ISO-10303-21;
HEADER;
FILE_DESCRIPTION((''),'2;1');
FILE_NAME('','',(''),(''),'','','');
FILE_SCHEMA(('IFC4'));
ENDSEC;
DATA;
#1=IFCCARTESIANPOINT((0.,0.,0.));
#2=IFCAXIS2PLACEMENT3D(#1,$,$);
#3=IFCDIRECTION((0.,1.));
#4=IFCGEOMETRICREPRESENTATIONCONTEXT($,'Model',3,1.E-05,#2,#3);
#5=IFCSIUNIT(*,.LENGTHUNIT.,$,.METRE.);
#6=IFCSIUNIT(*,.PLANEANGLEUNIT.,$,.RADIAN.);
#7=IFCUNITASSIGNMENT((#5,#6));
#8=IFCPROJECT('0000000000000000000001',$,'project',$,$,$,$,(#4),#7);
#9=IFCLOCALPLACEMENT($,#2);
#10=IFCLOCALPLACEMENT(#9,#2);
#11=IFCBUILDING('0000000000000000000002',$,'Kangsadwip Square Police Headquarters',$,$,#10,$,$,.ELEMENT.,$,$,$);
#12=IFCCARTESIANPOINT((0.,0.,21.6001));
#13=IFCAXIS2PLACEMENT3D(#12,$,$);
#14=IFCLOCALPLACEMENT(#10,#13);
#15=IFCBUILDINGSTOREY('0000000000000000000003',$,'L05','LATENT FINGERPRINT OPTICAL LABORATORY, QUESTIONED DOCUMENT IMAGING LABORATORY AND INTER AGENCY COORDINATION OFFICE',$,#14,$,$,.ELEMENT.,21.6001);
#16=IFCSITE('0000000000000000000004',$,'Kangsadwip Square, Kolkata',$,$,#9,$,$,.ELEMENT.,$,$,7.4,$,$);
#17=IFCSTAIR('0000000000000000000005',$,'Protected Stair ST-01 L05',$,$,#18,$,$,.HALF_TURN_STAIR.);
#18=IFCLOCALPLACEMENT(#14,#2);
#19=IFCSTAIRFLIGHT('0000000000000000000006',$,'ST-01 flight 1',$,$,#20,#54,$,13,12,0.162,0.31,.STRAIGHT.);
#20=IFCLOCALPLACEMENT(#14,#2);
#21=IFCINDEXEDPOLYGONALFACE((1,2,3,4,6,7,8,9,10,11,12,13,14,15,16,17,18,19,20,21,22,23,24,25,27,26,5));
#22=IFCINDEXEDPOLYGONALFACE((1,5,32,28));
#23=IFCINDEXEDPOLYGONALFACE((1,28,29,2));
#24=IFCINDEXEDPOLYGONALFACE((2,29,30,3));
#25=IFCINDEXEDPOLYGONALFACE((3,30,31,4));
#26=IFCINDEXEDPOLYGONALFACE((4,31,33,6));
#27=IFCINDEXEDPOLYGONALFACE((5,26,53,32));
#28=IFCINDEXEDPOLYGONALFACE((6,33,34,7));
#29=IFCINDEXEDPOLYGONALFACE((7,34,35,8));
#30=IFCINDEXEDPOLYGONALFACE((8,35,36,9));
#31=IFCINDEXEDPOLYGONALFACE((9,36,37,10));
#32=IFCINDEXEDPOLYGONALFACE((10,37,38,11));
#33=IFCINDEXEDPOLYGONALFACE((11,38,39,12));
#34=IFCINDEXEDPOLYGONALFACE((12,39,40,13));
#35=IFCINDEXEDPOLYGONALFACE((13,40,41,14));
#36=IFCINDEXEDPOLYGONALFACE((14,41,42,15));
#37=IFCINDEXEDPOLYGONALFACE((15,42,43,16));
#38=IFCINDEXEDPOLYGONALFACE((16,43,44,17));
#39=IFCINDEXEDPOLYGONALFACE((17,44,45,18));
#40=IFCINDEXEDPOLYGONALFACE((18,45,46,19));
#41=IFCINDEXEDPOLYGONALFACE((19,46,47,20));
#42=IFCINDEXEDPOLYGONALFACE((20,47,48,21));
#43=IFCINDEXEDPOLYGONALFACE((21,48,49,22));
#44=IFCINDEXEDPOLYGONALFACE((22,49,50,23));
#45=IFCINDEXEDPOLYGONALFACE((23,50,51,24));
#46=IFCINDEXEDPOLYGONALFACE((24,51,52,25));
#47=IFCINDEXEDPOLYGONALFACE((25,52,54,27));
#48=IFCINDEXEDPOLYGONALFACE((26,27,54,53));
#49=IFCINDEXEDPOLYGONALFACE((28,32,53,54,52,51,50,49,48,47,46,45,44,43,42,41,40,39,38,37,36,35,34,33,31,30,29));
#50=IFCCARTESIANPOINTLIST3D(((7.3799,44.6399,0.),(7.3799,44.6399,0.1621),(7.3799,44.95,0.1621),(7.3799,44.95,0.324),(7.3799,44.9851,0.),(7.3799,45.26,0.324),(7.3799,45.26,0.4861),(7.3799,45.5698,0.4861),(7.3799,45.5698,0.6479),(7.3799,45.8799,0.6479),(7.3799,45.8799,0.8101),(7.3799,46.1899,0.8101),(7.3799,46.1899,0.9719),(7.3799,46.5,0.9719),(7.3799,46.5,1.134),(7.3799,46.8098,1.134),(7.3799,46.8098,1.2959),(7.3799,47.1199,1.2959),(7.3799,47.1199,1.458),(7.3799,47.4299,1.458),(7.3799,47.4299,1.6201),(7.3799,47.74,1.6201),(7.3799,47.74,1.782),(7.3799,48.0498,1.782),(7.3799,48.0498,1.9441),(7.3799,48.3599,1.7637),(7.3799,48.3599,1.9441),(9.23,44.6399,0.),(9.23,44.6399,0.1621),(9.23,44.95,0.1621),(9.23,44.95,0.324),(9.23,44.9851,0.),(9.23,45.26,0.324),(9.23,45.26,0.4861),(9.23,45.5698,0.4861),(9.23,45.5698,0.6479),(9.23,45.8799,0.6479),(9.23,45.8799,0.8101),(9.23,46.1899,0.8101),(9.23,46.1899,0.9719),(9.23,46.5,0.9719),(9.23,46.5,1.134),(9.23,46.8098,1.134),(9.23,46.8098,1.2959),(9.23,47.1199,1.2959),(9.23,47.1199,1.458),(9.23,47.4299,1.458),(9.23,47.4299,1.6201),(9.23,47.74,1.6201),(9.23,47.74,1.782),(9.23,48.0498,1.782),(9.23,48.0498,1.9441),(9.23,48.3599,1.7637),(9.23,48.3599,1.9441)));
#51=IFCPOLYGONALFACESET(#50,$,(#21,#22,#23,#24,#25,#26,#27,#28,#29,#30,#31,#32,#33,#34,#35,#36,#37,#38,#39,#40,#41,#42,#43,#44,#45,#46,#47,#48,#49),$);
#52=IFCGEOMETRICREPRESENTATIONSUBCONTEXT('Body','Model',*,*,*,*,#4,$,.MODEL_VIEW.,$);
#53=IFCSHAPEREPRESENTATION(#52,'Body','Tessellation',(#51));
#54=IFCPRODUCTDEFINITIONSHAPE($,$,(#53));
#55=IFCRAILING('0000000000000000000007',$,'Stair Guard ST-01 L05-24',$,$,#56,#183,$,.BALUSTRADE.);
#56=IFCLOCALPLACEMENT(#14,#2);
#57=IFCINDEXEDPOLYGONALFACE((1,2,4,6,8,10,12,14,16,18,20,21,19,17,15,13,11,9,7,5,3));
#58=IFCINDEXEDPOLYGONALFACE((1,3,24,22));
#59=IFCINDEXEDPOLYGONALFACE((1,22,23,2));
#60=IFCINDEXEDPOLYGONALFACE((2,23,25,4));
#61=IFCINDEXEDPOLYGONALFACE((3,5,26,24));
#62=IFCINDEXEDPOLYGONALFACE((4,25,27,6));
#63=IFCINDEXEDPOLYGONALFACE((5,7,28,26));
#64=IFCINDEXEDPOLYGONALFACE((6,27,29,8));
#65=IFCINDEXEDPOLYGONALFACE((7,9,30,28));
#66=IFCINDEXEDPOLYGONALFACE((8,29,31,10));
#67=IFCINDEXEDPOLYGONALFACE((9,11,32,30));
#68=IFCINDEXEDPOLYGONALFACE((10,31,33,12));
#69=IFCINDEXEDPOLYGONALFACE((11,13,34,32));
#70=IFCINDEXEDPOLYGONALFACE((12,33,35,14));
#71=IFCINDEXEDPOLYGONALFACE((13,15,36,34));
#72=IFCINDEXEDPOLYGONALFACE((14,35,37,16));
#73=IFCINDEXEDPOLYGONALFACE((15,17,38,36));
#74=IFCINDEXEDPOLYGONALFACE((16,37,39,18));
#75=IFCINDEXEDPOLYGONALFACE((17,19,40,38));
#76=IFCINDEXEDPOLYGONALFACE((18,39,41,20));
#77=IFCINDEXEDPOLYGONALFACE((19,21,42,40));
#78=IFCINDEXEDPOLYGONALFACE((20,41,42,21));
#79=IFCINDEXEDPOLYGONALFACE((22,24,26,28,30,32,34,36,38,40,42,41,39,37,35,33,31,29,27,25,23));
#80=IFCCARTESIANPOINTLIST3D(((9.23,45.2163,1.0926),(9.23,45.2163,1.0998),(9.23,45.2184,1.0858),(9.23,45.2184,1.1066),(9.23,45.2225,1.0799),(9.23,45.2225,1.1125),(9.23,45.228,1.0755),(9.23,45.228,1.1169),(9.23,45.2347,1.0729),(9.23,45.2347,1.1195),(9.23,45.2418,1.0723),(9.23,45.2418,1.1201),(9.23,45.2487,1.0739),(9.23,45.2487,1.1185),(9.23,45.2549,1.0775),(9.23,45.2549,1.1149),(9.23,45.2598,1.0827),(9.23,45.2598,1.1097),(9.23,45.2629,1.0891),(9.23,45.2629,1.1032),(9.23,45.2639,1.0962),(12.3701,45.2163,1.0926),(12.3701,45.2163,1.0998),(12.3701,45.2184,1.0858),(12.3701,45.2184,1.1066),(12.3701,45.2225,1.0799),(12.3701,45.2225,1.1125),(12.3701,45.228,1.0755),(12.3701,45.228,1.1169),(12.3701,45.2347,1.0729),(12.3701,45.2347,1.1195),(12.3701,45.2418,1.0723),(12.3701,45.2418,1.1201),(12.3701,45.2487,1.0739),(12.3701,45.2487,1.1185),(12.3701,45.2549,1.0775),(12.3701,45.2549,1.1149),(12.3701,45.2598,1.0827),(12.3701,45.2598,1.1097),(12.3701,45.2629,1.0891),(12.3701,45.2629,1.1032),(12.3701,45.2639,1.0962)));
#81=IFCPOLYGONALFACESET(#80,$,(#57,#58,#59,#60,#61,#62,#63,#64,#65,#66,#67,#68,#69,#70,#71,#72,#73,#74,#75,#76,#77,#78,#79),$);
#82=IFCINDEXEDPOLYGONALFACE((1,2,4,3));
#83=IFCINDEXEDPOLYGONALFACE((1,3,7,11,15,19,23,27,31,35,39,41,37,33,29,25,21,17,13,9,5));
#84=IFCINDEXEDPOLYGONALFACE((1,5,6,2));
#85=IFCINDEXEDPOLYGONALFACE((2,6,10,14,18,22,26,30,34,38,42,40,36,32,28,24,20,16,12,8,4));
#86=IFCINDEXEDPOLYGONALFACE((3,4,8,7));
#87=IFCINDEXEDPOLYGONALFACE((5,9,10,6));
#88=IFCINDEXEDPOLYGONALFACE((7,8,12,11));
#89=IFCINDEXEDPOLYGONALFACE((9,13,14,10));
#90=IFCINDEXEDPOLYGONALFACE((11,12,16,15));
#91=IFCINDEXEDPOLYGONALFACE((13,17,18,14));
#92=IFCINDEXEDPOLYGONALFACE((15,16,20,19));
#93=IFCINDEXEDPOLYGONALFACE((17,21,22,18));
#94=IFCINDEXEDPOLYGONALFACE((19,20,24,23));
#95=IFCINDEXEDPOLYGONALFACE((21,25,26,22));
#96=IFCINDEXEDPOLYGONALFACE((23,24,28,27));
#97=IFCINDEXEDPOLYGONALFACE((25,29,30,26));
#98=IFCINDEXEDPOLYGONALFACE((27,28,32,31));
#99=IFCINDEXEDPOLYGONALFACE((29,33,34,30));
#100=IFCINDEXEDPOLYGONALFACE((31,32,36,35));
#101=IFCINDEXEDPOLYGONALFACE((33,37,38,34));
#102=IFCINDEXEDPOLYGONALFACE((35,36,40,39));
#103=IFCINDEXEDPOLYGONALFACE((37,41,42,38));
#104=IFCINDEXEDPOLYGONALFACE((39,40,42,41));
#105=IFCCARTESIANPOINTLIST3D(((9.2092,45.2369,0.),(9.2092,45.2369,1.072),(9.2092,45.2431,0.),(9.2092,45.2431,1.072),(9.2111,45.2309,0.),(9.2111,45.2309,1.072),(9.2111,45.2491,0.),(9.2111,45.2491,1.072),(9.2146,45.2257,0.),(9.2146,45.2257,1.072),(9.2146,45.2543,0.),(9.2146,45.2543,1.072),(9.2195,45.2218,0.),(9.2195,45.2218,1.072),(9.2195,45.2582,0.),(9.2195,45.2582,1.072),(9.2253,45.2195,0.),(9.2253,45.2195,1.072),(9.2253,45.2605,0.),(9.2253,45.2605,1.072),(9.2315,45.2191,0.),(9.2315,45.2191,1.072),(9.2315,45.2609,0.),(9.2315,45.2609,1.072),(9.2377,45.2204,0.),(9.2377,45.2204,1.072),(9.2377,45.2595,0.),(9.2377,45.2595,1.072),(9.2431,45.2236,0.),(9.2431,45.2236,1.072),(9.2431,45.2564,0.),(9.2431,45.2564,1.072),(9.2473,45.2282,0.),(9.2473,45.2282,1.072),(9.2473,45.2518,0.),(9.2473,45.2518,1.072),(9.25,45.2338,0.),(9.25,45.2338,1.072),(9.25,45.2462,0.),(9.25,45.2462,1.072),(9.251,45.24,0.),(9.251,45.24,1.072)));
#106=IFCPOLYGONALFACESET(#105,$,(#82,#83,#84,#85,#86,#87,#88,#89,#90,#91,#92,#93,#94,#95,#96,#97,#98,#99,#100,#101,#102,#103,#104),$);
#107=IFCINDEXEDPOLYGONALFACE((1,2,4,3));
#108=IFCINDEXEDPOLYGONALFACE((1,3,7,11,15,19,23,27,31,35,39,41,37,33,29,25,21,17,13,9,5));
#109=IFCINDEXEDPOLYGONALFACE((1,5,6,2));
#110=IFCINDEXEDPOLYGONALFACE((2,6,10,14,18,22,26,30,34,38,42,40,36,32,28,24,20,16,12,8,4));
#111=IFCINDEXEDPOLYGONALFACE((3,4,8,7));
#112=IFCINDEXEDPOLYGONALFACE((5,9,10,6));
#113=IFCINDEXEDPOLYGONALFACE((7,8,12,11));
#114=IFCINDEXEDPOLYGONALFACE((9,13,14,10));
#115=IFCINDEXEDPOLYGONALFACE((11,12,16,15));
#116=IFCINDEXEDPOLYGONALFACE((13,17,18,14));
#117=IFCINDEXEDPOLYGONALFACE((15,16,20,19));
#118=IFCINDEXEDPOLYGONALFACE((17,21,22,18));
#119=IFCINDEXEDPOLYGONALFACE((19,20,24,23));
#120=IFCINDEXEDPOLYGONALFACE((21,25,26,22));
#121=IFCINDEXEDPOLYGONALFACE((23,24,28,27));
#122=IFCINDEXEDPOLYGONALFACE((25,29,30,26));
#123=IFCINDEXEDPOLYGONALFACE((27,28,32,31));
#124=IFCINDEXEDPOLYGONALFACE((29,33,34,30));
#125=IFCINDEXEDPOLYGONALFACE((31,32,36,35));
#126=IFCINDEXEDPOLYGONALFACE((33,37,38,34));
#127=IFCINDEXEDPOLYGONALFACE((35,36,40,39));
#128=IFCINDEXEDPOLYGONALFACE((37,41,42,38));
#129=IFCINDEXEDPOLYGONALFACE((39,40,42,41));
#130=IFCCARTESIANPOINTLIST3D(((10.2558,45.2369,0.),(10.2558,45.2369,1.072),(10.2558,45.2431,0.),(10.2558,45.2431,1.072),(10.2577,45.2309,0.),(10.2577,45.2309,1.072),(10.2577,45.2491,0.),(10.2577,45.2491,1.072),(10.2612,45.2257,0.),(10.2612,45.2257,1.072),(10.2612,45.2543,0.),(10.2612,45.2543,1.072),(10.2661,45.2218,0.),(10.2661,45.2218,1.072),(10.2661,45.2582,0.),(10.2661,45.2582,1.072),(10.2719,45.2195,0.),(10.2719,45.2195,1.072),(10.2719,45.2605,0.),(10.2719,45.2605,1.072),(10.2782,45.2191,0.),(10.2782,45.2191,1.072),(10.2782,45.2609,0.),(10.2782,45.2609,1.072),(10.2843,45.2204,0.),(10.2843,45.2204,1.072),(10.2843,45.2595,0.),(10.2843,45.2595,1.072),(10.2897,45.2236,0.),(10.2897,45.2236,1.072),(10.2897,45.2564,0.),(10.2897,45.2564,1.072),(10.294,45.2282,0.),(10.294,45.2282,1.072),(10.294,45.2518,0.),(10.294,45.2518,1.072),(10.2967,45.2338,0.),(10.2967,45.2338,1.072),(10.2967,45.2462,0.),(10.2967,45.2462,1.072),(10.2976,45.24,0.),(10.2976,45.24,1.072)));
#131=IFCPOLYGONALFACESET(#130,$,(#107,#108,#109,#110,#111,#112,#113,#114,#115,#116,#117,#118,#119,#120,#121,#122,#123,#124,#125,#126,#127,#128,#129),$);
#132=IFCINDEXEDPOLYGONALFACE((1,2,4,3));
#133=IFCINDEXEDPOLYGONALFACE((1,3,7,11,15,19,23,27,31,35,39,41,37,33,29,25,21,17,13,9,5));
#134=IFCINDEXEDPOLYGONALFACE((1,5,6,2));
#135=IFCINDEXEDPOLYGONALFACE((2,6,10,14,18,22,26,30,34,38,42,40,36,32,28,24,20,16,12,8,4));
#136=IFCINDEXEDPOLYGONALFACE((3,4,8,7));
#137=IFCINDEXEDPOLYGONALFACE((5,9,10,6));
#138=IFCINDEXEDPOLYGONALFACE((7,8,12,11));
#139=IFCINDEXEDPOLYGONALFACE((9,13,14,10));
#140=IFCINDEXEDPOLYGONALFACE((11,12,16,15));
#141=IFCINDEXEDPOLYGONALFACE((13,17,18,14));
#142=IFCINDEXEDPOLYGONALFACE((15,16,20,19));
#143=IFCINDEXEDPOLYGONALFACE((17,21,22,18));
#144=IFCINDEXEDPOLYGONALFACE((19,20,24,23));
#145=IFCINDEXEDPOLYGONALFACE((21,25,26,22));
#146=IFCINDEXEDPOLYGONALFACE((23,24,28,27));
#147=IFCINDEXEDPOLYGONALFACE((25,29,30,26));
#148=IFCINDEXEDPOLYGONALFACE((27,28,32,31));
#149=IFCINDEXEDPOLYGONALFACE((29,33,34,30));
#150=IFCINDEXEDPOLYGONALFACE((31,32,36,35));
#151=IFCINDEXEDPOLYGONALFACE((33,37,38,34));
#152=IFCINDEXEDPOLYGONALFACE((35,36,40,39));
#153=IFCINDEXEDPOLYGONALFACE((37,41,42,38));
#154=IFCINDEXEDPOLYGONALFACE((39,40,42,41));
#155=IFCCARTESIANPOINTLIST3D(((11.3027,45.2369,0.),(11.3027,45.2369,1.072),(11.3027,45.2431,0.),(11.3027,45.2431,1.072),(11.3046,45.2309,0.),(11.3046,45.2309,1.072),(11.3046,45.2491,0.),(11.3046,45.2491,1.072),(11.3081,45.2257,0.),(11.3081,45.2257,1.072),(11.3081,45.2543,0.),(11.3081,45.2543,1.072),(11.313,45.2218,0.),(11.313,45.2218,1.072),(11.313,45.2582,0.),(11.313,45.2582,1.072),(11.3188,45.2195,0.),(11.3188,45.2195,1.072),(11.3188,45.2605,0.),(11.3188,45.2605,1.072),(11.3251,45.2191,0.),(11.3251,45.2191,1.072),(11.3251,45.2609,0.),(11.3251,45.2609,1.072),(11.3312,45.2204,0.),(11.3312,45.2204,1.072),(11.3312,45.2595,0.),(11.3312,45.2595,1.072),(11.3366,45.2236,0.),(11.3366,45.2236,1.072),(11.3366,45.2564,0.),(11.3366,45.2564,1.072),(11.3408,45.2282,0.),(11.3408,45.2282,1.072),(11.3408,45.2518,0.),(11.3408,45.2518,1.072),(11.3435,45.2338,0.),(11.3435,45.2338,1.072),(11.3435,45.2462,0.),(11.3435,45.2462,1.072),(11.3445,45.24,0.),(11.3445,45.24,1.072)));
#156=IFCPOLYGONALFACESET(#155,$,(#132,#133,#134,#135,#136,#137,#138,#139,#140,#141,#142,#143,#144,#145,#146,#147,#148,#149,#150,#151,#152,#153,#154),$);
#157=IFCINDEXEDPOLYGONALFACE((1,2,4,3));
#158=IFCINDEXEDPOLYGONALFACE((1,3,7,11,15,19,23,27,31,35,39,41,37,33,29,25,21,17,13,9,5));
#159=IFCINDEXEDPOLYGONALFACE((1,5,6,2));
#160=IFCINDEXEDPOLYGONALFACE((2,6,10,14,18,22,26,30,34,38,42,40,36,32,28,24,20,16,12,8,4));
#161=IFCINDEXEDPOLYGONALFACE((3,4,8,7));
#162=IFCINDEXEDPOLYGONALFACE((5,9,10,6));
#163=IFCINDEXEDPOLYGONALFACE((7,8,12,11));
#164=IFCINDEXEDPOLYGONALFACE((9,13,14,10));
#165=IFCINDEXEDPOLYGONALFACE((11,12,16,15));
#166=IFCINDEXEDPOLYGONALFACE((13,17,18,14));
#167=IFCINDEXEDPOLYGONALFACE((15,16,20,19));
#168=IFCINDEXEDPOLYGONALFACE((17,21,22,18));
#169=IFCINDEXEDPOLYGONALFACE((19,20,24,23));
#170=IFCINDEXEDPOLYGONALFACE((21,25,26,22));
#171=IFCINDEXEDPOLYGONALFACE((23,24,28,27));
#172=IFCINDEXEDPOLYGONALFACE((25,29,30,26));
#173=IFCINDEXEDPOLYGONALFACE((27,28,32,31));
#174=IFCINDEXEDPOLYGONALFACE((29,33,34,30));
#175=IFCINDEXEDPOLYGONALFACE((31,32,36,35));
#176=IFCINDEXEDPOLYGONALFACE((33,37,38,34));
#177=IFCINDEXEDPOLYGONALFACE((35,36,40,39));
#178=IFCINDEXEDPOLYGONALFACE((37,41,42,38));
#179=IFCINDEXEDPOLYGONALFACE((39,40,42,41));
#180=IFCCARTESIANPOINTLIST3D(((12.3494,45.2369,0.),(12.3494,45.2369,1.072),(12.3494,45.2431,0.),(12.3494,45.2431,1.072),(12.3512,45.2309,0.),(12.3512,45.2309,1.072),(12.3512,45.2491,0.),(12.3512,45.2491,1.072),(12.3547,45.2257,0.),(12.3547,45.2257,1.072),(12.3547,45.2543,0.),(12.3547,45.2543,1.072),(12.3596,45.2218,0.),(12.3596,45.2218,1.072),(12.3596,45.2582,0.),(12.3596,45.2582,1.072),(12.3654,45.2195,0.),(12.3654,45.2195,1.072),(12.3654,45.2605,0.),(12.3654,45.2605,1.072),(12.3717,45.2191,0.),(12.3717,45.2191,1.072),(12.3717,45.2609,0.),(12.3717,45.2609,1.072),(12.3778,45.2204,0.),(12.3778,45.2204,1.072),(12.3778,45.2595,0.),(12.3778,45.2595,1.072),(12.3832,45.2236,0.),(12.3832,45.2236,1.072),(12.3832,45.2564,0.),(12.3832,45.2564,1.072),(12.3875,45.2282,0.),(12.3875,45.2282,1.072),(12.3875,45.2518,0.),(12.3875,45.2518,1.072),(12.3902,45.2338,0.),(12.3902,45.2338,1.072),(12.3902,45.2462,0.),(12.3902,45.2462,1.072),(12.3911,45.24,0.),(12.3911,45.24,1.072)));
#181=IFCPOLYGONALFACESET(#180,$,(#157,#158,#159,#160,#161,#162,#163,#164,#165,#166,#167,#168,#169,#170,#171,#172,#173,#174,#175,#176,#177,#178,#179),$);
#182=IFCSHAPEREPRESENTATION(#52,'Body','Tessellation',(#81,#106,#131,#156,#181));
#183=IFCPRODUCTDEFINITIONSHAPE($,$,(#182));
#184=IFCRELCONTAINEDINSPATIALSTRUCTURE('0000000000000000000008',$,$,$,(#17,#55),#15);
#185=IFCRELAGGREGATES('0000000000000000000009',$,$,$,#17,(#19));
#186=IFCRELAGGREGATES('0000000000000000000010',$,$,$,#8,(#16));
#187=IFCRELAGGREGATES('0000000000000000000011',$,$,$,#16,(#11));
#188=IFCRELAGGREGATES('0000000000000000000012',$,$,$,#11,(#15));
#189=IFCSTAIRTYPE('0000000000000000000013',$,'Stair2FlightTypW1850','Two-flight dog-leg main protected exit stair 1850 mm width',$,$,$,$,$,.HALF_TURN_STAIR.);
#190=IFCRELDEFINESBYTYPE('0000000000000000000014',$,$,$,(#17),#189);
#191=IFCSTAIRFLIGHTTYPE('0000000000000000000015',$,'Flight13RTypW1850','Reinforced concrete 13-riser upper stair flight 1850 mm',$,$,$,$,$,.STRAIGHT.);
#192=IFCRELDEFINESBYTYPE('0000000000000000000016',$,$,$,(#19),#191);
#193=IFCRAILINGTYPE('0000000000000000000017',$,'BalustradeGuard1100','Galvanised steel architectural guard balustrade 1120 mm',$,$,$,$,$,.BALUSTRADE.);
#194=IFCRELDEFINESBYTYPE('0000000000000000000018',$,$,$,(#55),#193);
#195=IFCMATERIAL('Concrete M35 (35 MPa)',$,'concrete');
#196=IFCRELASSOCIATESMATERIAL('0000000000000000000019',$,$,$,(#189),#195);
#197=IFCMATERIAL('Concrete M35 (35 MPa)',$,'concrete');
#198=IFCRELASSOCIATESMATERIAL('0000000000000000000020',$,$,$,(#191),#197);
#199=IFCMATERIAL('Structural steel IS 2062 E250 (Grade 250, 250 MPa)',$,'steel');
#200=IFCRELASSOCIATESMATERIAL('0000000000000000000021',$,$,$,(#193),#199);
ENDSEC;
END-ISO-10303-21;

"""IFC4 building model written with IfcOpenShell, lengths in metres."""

from ifc_helpers import new_model, si_unit, direction, frame, origin, origin_2d, place, context, subcontext, project, spatial, polyline, circle, outline, extrude, material, type_object, element, aggregate, save


model = new_model("IFC4")

# Units and contexts
model_context = context("Model", 3, precision=1e-05, world=origin(), true_north=direction((0.0, 1.0)))
body_context = subcontext(model_context, "Body", "Model", "MODEL_VIEW")
ifc_project = project(units=[si_unit("LENGTHUNIT", "METRE"), si_unit("PLANEANGLEUNIT", "RADIAN")], contexts=[model_context])

# Site, building, storey
site_placement = place(None, origin())
site = spatial("IfcSite", under=ifc_project, at=site_placement, Name="Kangsadwip Square, Kolkata", CompositionType="ELEMENT", RefElevation=7.4)
building_placement = place(site_placement, origin())
building = spatial("IfcBuilding", under=site, at=building_placement, Name="Kangsadwip Square Police Headquarters", CompositionType="ELEMENT")
storey_placement = place(building_placement, frame((0.0, 0.0, 21.6001)))
storey = spatial("IfcBuildingStorey", under=building, at=storey_placement, Name="L05", Description="LATENT FINGERPRINT OPTICAL LABORATORY, QUESTIONED DOCUMENT IMAGING LABORATORY AND INTER AGENCY COORDINATION OFFICE", CompositionType="ELEMENT", Elevation=21.6001)

# Stair, stair flight
ifc_material_1 = material(Name="Concrete M35 (35 MPa)", Category="concrete")
stair_type = type_object("IfcStairType", Name="Stair2FlightTypW1850", Description="Two-flight dog-leg main protected exit stair 1850 mm width", PredefinedType="HALF_TURN_STAIR", material=ifc_material_1)
stair_placement = place(storey_placement, origin())
stair = element("IfcStair", 1, at=stair_placement, inside=storey, type_object=stair_type, Name="Protected Stair ST-01 L05", PredefinedType="HALF_TURN_STAIR")
ifc_material_2 = material(Name="Concrete M35 (35 MPa)", Category="concrete")
stair_flight_type_1 = type_object("IfcStairFlightType", Name="Flight13RTypW1850", Description="Reinforced concrete 13-riser upper stair flight 1850 mm", PredefinedType="STRAIGHT", material=ifc_material_2)
stair_flight_1_placement = place(storey_placement, frame((8.3049, 44.6399, 0.0), z_axis=(0.0, 0.0, 1.0), x_axis=(0.0, 1.0, 0.0)))
stair_flight_1 = element("IfcStairFlight", 2, at=stair_flight_1_placement, type_object=stair_flight_type_1, Name="ST-01 flight 1", NumberOfRisers=13, NumberOfTreads=12, PredefinedType="STRAIGHT", RiserHeight=0.162, TreadLength=0.31, context=body_context, shape_type="SweptSolid", body=[
    extrude(outline(polyline([(0.0, 0.0), (0.0, 0.1621), (0.3101, 0.1621), (0.3101, 0.324), (0.6201, 0.324), (0.6201, 0.4861), (0.9299, 0.4861), (0.9299, 0.6479), (1.24, 0.6479), (1.24, 0.8101), (1.55, 0.8101), (1.55, 0.9719), (1.8601, 0.9719), (1.8601, 1.134), (2.1699, 1.134), (2.1699, 1.2959), (2.48, 1.2959), (2.48, 1.458), (2.79, 1.458), (2.79, 1.6201), (3.1001, 1.6201), (3.1001, 1.782), (3.4099, 1.782), (3.4099, 1.9441), (3.72, 1.9441), (3.72, 2.106), (3.72, 1.7637), (0.3452, 0.0), (0.0, 0.0)])), frame((0.0, 0.925, 0.0), z_axis=(0.0, -1.0, 0.0), x_axis=(1.0, 0.0, 0.0)), (0.0, 0.0, 1.0), 1.8501),
])
aggregate(stair, [stair_flight_1])

# Railing
ifc_material_3 = material(Name="Structural steel IS 2062 E250 (Grade 250, 250 MPa)", Category="steel")
railing_type_1 = type_object("IfcRailingType", Name="BalustradeGuard1100", Description="Galvanised steel architectural guard balustrade 1120 mm", PredefinedType="BALUSTRADE", material=ifc_material_3)
for number, where, name in (
    (3, (9.23, 45.24, 0.0), "Stair Guard ST-01 L05-24"),
):
    element("IfcRailing", number, at=place(storey_placement, frame(where)), inside=storey, type_object=railing_type_1, Name=name, PredefinedType="BALUSTRADE", context=body_context, shape_type="SweptSolid", body=[
        extrude(circle(Radius=0.0239, at=origin_2d()), frame((0.0, 0.0, 1.0962), z_axis=(1.0, 0.0, 0.0), x_axis=(0.0, 1.0, 0.0)), (0.0, 0.0, 1.0), 3.1401),
        extrude(circle(Radius=0.021, at=origin_2d()), origin(), (0.0, 0.0, 1.0), 1.072),
        extrude(circle(Radius=0.021, at=origin_2d()), frame((1.0466, 0.0, 0.0)), (0.0, 0.0, 1.0), 1.072),
        extrude(circle(Radius=0.021, at=origin_2d()), frame((2.0935, 0.0, 0.0)), (0.0, 0.0, 1.0), 1.072),
        extrude(circle(Radius=0.021, at=origin_2d()), frame((3.1401, 0.0, 0.0)), (0.0, 0.0, 1.0), 1.072),
    ])

save(model, "model.ifc")
